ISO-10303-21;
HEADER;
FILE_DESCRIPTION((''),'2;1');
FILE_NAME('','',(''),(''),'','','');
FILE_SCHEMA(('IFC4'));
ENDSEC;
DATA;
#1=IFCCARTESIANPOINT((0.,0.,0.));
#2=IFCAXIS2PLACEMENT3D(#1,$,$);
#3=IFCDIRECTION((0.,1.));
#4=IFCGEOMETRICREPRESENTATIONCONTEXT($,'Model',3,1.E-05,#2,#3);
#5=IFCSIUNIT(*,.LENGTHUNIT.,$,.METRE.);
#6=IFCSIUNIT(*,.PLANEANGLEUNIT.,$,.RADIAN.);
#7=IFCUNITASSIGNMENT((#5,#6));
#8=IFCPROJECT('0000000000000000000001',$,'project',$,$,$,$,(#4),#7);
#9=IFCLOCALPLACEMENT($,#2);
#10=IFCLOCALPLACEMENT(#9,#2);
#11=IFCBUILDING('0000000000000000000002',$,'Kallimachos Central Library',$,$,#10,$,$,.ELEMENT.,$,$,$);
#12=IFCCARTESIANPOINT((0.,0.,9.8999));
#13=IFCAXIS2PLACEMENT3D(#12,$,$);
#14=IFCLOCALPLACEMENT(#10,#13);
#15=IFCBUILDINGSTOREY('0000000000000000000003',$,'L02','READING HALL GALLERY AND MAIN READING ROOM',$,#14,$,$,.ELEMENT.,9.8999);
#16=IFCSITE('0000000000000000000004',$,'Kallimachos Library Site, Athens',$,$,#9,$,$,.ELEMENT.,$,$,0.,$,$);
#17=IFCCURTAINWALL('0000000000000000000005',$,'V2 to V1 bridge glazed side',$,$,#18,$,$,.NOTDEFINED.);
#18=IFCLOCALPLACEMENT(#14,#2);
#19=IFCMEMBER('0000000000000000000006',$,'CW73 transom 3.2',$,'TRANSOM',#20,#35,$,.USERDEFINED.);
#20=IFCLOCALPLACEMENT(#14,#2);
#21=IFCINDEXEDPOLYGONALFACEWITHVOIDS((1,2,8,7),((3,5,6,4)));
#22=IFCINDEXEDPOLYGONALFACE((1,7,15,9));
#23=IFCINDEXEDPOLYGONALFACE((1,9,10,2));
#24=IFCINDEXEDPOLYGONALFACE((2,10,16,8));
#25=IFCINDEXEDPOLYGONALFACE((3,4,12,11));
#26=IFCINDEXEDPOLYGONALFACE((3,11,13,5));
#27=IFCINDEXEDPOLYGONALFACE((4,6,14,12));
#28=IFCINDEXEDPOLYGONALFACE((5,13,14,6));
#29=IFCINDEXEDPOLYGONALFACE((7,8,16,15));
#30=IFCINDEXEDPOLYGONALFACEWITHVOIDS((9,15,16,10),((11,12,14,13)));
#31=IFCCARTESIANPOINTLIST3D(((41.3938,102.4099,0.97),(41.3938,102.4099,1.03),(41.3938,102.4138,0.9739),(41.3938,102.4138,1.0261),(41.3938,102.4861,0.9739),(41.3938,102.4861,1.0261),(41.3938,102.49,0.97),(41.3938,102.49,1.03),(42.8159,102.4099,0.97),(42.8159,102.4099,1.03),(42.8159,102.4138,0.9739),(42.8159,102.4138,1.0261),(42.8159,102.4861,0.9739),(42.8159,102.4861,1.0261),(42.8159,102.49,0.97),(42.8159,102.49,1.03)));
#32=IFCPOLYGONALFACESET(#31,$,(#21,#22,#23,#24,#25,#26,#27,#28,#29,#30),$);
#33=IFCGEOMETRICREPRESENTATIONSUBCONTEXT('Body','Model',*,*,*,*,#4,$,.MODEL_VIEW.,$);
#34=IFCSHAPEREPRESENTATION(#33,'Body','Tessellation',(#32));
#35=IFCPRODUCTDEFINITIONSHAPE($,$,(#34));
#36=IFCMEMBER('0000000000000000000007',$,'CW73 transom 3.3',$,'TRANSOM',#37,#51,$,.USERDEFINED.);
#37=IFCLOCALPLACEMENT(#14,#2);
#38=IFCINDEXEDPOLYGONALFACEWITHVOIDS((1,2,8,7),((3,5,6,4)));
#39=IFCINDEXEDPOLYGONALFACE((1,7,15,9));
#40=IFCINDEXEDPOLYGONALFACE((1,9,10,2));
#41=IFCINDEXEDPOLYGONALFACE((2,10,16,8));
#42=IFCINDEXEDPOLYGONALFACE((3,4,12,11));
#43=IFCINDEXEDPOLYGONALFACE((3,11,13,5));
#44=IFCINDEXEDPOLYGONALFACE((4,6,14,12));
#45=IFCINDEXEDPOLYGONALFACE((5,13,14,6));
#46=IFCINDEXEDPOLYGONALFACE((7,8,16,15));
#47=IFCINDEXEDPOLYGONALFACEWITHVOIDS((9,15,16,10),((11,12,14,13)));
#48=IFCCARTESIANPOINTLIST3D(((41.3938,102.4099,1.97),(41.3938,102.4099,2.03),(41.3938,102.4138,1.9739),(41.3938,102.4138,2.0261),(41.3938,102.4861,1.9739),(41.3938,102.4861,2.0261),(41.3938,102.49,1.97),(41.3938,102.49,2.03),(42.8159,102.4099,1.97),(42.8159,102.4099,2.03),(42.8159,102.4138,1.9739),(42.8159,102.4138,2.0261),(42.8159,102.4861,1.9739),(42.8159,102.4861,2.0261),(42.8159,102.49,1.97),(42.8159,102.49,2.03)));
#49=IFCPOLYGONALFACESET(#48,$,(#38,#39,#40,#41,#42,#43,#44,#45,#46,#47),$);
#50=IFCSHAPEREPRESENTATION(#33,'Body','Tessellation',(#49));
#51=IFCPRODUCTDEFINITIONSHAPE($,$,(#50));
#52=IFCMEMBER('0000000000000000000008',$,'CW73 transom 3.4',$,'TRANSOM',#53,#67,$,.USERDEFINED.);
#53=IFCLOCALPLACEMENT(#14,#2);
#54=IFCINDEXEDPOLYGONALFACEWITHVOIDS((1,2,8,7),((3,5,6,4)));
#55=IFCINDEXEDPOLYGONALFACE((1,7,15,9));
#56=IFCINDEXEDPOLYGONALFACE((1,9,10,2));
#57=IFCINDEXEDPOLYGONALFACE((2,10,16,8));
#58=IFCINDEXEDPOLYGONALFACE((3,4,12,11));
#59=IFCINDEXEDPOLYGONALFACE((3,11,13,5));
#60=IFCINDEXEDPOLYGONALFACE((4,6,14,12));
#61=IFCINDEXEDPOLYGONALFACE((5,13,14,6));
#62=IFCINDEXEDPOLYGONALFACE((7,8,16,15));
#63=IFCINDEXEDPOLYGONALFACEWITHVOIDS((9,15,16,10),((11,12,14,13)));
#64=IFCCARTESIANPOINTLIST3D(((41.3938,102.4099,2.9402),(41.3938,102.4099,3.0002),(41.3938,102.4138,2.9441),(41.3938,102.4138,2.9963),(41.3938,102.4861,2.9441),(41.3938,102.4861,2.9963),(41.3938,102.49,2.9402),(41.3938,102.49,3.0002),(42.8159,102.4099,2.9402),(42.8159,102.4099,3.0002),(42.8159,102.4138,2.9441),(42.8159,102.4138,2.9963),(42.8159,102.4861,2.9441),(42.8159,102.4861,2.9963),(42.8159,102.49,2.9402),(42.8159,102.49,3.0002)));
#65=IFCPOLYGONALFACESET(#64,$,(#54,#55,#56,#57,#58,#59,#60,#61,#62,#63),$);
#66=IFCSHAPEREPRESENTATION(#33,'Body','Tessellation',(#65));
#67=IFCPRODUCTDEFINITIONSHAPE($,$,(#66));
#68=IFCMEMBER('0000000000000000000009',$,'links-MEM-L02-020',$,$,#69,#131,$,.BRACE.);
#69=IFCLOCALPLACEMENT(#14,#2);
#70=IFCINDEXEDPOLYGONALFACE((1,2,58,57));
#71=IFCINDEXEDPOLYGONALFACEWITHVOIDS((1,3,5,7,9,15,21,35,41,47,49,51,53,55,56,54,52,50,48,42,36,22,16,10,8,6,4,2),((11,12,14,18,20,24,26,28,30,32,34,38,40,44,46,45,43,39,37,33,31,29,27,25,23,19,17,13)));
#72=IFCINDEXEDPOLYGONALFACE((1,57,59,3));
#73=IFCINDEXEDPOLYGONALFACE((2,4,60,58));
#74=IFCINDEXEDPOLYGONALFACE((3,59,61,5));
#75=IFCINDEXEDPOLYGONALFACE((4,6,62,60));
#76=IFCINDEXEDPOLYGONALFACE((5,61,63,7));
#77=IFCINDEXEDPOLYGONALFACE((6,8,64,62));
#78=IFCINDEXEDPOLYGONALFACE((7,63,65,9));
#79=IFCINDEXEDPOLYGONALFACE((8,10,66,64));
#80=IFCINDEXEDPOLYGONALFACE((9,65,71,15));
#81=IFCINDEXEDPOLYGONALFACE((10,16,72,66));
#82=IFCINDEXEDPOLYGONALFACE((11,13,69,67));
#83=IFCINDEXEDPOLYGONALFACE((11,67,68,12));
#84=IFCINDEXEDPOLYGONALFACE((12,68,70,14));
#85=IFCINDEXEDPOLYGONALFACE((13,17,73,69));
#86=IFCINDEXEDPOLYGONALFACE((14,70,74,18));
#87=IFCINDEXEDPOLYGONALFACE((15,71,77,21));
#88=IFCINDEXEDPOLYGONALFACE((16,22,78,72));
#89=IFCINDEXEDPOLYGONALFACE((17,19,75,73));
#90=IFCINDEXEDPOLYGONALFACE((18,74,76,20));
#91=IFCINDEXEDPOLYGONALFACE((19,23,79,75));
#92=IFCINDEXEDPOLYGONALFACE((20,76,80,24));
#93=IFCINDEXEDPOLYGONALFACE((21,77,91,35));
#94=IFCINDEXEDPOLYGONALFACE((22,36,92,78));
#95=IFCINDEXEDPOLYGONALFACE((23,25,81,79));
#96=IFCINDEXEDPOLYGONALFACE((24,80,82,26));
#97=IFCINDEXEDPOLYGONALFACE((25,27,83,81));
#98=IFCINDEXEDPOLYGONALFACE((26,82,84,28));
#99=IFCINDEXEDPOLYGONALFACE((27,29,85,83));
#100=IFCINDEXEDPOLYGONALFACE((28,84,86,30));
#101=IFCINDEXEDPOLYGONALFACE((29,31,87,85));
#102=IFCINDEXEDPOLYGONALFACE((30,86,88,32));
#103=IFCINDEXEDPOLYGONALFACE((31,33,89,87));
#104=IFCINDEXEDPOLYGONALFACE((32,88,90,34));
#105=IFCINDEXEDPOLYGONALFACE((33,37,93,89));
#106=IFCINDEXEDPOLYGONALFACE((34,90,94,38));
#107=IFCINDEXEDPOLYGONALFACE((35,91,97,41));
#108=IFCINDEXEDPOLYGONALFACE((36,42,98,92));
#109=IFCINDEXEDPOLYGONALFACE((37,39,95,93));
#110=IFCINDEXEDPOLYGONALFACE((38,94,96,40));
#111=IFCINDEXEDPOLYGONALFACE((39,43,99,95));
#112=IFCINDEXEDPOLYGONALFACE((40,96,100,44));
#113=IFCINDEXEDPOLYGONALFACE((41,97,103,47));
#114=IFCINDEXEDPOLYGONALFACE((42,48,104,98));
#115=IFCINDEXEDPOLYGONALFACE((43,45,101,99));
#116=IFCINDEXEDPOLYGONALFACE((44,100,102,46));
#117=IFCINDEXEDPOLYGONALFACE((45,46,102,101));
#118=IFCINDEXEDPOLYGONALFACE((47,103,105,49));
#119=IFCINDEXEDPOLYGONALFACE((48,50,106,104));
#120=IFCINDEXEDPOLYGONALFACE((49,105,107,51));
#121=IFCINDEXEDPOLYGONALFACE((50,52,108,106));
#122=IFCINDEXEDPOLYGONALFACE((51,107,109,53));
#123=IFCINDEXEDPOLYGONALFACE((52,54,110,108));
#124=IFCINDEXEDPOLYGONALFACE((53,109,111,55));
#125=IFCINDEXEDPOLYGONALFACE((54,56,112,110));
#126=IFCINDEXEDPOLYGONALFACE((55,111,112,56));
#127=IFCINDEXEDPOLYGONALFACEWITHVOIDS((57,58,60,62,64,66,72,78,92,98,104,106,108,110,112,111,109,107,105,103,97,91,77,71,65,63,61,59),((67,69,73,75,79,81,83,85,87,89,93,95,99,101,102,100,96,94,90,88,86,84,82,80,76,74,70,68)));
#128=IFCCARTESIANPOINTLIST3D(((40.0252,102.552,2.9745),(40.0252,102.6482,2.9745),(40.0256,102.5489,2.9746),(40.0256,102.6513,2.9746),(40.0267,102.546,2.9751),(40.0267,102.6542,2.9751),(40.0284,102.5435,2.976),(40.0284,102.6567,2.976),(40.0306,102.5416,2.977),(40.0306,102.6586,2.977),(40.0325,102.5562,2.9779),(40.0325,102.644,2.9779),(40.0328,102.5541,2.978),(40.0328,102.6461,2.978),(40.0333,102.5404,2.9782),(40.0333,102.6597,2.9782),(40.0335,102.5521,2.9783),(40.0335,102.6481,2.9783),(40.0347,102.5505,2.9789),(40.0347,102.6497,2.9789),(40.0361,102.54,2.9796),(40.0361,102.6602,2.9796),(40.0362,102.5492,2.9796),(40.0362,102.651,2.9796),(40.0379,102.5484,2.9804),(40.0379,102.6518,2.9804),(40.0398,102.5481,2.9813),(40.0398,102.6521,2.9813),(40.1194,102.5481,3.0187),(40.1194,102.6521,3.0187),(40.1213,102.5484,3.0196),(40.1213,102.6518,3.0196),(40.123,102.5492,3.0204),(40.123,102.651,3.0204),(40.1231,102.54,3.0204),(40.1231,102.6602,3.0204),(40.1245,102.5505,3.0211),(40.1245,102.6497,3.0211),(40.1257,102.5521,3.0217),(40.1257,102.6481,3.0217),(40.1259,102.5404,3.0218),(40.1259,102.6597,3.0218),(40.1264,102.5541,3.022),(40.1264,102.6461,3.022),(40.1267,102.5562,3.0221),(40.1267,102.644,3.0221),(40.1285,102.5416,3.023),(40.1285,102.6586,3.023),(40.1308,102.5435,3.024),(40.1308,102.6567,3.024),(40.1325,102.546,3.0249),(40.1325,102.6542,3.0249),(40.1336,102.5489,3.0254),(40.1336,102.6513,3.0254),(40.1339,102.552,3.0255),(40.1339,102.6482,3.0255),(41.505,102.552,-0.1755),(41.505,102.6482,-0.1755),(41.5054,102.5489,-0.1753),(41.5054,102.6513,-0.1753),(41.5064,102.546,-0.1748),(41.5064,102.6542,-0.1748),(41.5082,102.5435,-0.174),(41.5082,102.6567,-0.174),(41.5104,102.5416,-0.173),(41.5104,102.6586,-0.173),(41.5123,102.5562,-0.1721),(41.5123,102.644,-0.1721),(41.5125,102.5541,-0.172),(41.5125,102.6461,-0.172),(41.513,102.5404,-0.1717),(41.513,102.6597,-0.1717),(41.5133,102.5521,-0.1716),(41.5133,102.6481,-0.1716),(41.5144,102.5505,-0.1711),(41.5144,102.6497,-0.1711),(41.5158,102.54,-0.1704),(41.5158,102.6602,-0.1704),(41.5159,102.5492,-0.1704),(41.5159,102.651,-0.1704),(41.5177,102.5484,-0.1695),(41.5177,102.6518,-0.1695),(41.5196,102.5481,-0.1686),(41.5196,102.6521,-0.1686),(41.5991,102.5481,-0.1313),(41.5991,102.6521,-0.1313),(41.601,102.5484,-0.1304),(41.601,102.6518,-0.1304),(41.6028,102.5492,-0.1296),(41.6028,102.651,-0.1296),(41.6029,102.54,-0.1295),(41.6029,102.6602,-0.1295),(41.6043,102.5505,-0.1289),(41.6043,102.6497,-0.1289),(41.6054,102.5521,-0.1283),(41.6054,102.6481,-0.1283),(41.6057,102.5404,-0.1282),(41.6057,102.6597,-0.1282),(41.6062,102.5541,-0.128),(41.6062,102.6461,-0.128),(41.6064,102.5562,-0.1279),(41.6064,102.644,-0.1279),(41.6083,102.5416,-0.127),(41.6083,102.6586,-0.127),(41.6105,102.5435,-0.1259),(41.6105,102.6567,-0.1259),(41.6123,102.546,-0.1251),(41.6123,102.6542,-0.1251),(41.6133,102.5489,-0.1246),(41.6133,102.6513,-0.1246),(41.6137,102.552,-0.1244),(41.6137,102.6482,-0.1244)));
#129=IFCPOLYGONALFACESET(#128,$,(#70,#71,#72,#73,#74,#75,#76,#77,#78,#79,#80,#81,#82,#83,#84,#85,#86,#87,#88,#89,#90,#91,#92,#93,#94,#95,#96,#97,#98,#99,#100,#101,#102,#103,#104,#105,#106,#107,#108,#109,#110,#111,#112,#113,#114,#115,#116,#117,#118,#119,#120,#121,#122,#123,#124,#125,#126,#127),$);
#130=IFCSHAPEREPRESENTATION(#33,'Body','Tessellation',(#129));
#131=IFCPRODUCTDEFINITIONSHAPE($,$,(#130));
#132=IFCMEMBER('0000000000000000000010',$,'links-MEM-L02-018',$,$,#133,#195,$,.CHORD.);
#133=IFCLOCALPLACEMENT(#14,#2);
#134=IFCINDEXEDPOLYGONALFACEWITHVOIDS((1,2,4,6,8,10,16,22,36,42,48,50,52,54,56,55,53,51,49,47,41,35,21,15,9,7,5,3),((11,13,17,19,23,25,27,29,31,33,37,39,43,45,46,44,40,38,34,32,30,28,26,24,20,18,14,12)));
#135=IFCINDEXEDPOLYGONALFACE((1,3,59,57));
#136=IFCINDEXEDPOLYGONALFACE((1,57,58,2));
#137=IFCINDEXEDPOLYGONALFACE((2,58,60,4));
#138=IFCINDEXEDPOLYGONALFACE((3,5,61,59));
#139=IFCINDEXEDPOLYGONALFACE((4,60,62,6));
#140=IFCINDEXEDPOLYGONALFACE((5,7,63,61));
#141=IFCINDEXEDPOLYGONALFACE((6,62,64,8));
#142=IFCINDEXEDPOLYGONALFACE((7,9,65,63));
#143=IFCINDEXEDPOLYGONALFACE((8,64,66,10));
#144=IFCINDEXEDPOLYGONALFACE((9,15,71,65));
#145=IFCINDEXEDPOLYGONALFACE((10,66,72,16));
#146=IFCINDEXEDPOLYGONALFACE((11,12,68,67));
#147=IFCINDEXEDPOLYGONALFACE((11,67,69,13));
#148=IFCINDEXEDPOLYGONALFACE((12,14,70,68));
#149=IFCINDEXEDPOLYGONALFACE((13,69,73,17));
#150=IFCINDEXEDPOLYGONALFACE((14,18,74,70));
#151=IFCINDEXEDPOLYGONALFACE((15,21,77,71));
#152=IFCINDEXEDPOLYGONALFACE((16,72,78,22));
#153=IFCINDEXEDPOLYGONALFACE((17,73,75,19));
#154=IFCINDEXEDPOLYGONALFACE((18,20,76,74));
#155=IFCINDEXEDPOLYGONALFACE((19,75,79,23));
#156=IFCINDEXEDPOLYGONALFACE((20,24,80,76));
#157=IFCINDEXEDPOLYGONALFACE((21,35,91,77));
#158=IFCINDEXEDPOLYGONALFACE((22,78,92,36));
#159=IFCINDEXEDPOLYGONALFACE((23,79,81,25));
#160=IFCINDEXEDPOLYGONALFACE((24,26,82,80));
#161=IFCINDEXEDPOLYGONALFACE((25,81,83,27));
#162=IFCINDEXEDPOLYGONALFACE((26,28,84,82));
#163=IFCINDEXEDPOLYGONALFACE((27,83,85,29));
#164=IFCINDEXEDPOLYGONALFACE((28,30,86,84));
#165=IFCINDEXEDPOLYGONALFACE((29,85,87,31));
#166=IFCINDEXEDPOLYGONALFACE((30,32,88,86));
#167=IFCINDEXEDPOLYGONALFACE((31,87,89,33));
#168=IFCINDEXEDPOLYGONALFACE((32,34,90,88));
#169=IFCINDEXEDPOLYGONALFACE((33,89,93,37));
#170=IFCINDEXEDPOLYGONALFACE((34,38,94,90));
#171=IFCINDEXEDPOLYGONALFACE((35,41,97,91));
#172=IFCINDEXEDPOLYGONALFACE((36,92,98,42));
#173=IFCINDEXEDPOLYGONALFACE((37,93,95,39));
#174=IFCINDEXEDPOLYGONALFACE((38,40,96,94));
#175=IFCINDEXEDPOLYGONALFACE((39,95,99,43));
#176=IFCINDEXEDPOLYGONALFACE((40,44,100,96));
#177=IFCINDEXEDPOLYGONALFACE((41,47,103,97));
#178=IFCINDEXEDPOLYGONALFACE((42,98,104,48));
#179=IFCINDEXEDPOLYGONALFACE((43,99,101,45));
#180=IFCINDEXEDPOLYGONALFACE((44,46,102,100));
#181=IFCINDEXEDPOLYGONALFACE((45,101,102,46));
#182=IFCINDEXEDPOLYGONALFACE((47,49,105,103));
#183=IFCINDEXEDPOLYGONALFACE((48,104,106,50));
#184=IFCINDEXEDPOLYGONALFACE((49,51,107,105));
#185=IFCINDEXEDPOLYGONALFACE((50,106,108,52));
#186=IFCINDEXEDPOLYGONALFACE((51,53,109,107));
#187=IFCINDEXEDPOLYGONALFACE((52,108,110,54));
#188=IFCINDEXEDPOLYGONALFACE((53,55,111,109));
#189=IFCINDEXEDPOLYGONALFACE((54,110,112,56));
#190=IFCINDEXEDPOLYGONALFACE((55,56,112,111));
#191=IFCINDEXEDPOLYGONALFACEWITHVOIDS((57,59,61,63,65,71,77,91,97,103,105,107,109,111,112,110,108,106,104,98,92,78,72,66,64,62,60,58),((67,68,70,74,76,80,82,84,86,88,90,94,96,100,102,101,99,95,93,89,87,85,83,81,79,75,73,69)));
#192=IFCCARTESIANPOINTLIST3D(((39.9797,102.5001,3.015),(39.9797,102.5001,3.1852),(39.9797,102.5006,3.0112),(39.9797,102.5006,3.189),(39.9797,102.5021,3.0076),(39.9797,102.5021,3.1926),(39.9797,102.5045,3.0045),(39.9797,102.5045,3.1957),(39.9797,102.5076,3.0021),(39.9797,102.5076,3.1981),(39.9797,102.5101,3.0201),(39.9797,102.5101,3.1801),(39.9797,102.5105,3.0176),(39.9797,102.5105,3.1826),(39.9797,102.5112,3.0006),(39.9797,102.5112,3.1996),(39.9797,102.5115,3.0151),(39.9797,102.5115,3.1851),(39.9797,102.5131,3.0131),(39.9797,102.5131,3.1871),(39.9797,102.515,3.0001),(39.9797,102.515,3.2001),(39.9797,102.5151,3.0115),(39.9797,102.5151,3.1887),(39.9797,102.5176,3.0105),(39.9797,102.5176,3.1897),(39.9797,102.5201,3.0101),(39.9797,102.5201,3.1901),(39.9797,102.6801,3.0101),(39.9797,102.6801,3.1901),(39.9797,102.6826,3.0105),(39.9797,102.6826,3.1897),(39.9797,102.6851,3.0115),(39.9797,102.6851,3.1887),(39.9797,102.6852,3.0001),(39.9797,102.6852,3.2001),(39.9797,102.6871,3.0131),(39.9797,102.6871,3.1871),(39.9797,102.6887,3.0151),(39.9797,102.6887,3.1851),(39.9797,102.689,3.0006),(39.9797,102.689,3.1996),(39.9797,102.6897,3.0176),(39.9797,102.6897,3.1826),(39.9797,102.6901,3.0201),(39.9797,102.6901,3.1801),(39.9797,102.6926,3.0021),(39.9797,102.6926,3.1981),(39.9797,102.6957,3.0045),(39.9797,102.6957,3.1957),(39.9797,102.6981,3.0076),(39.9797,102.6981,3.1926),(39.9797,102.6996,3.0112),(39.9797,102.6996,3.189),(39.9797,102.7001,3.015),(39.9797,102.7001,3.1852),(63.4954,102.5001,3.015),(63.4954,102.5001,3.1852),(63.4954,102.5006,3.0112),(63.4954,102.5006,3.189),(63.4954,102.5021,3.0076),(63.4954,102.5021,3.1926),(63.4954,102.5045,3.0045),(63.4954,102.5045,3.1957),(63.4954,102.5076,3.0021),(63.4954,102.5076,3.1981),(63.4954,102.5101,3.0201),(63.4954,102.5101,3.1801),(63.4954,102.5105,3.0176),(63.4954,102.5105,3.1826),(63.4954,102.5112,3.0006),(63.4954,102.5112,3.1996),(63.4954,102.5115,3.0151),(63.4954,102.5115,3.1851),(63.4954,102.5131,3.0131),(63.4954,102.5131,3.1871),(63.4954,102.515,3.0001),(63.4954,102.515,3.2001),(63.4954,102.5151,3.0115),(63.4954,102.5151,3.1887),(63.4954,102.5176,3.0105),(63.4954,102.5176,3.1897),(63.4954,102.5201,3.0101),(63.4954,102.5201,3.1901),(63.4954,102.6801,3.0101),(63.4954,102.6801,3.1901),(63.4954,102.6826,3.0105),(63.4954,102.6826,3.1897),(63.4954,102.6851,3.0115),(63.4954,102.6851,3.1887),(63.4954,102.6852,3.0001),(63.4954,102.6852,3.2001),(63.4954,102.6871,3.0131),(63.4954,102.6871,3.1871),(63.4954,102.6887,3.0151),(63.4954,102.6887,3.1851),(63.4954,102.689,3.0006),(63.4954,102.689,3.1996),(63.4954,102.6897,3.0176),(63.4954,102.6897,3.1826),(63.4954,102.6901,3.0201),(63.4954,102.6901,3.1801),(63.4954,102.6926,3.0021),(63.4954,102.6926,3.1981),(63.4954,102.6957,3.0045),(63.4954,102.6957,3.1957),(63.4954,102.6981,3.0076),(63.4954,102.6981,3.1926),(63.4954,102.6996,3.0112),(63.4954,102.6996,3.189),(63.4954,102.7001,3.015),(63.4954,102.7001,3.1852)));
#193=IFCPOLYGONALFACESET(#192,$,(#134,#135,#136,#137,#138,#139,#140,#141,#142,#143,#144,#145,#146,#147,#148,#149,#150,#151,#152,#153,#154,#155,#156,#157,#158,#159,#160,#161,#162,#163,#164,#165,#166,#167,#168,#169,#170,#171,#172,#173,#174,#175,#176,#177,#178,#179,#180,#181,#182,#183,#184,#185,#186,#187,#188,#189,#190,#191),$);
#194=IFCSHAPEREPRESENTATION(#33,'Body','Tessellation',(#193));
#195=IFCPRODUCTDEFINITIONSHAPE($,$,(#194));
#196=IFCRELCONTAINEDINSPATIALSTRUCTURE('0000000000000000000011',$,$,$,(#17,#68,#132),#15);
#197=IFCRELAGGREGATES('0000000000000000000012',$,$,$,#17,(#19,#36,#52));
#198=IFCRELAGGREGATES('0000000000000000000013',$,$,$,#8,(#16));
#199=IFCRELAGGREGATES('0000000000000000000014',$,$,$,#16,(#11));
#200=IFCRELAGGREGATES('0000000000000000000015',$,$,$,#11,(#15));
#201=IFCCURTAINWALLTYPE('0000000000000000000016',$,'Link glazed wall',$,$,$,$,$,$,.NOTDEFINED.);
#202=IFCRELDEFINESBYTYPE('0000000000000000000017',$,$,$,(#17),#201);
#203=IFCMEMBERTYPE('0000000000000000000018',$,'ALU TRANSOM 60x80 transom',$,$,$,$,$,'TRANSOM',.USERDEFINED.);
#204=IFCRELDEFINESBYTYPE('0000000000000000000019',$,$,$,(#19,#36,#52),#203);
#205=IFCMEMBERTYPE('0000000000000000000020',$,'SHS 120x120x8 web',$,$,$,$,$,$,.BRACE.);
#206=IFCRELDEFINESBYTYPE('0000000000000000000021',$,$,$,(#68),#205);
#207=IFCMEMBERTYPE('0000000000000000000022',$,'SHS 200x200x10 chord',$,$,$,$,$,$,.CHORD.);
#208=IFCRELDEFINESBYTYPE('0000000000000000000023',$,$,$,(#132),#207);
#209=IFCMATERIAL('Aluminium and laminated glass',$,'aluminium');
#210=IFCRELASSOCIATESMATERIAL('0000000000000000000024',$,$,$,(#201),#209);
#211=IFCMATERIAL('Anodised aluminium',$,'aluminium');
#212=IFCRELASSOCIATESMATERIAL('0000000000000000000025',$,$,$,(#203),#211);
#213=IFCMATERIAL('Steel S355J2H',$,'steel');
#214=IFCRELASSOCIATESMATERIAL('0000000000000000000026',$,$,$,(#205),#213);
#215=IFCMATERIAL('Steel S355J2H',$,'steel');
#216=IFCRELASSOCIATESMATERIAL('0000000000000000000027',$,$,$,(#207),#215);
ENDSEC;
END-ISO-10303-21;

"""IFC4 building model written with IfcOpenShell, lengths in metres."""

from ifc_helpers import new_model, si_unit, direction, frame, origin, origin_2d, place, context, subcontext, project, spatial, hollow_rectangle, extrude, material, material_profile, profile_set, type_object, element, aggregate, save


model = new_model("IFC4")

# Units and contexts
model_context = context("Model", 3, precision=1e-05, world=origin(), true_north=direction((0.0, 1.0)))
body_context = subcontext(model_context, "Body", "Model", "MODEL_VIEW")
ifc_project = project(units=[si_unit("LENGTHUNIT", "METRE"), si_unit("PLANEANGLEUNIT", "RADIAN")], contexts=[model_context])

# Site, building, storey
site_placement = place(None, origin())
site = spatial("IfcSite", under=ifc_project, at=site_placement, Name="Kallimachos Library Site, Athens", CompositionType="ELEMENT", RefElevation=0.0)
building_placement = place(site_placement, origin())
building = spatial("IfcBuilding", under=site, at=building_placement, Name="Kallimachos Central Library", CompositionType="ELEMENT")
storey_placement = place(building_placement, frame((0.0, 0.0, 9.8999)))
storey = spatial("IfcBuildingStorey", under=building, at=storey_placement, Name="L02", Description="READING HALL GALLERY AND MAIN READING ROOM", CompositionType="ELEMENT", Elevation=9.8999)

# Curtain wall, members
ifc_material_1 = material(Name="Aluminium and laminated glass", Category="aluminium")
curtain_wall_type = type_object("IfcCurtainWallType", Name="Link glazed wall", PredefinedType="NOTDEFINED", material=ifc_material_1)
curtain_wall_placement = place(storey_placement, origin())
curtain_wall = element("IfcCurtainWall", 1, at=curtain_wall_placement, inside=storey, type_object=curtain_wall_type, Name="V2 to V1 bridge glazed side", PredefinedType="NOTDEFINED")
ifc_material_2 = material(Name="Anodised aluminium", Category="aluminium")
ifc_material_profile_1 = material_profile(ifc_material_2, hollow_rectangle(XDim=0.0601, YDim=0.0801, WallThickness=0.0039, at=origin_2d()), Name="ALU TRANSOM 60x80")
ifc_profile_set_1 = profile_set([ifc_material_profile_1], Name="Anodised aluminium")
member_type_1 = type_object("IfcMemberType", Name="ALU TRANSOM 60x80 transom", ElementType="TRANSOM", PredefinedType="USERDEFINED", material=ifc_profile_set_1)
member_1_placement = place(storey_placement, frame((41.3938, 102.45, 1.0), z_axis=(1.0, 0.0, 0.0), x_axis=(0.0, 0.0, 1.0)))
member_1 = element("IfcMember", 2, at=member_1_placement, type_object=member_type_1, Name="CW73 transom 3.2", ObjectType="TRANSOM", PredefinedType="USERDEFINED", context=body_context, shape_type="SweptSolid", body=[
    extrude(hollow_rectangle(XDim=0.0601, YDim=0.0801, WallThickness=0.0039, at=origin_2d()), origin(), (0.0, 0.0, 1.0), 1.4221),
])
member_2_placement = place(storey_placement, frame((41.3938, 102.45, 2.0), z_axis=(1.0, 0.0, 0.0), x_axis=(0.0, 0.0, 1.0)))
member_2 = element("IfcMember", 3, at=member_2_placement, type_object=member_type_1, Name="CW73 transom 3.3", ObjectType="TRANSOM", PredefinedType="USERDEFINED", context=body_context, shape_type="SweptSolid", body=[
    extrude(hollow_rectangle(XDim=0.0601, YDim=0.0801, WallThickness=0.0039, at=origin_2d()), origin(), (0.0, 0.0, 1.0), 1.4221),
])
member_3_placement = place(storey_placement, frame((41.3938, 102.45, 2.9702), z_axis=(1.0, 0.0, 0.0), x_axis=(0.0, 0.0, 1.0)))
member_3 = element("IfcMember", 4, at=member_3_placement, type_object=member_type_1, Name="CW73 transom 3.4", ObjectType="TRANSOM", PredefinedType="USERDEFINED", context=body_context, shape_type="SweptSolid", body=[
    extrude(hollow_rectangle(XDim=0.0601, YDim=0.0801, WallThickness=0.0039, at=origin_2d()), origin(), (0.0, 0.0, 1.0), 1.4221),
])

# Members
ifc_material_3 = material(Name="Steel S355J2H", Category="steel")
ifc_material_profile_2 = material_profile(ifc_material_3, hollow_rectangle(XDim=0.1201, YDim=0.1201, WallThickness=0.0081, InnerFilletRadius=0.0081, OuterFilletRadius=0.012, at=origin_2d()), Name="SHS 120x120x8")
ifc_profile_set_2 = profile_set([ifc_material_profile_2], Name="Steel S355J2H")
member_type_2 = type_object("IfcMemberType", Name="SHS 120x120x8 web", PredefinedType="BRACE", material=ifc_profile_set_2)
member_4_placement = place(storey_placement, frame((40.0796, 102.6001, 3.0), z_axis=(0.425192, 0.0, -0.905103), x_axis=(0.0, 1.0, 0.0)))
element("IfcMember", 5, at=member_4_placement, inside=storey, type_object=member_type_2, Name="links-MEM-L02-020", PredefinedType="BRACE", context=body_context, shape_type="SweptSolid", body=[
    extrude(hollow_rectangle(XDim=0.1201, YDim=0.1201, WallThickness=0.0081, InnerFilletRadius=0.0081, OuterFilletRadius=0.012, at=origin_2d()), origin(), (0.0, 0.0, 1.0), 3.4802),
])
ifc_material_4 = material(Name="Steel S355J2H", Category="steel")
ifc_material_profile_3 = material_profile(ifc_material_4, hollow_rectangle(XDim=0.2, YDim=0.2, WallThickness=0.01, InnerFilletRadius=0.01, OuterFilletRadius=0.0149, at=origin_2d()), Name="SHS 200x200x10")
ifc_profile_set_3 = profile_set([ifc_material_profile_3], Name="Steel S355J2H")
member_type_3 = type_object("IfcMemberType", Name="SHS 200x200x10 chord", PredefinedType="CHORD", material=ifc_profile_set_3)
member_5_placement = place(storey_placement, frame((39.9797, 102.6001, 3.1001), z_axis=(1.0, 0.0, 0.0), x_axis=(0.0, 1.0, 0.0)))
element("IfcMember", 6, at=member_5_placement, inside=storey, type_object=member_type_3, Name="links-MEM-L02-018", PredefinedType="CHORD", context=body_context, shape_type="SweptSolid", body=[
    extrude(hollow_rectangle(XDim=0.2, YDim=0.2, WallThickness=0.01, InnerFilletRadius=0.01, OuterFilletRadius=0.0149, at=origin_2d()), origin(), (0.0, 0.0, 1.0), 23.5156),
])

aggregate(curtain_wall, [member_1, member_2, member_3])

save(model, "model.ifc")
